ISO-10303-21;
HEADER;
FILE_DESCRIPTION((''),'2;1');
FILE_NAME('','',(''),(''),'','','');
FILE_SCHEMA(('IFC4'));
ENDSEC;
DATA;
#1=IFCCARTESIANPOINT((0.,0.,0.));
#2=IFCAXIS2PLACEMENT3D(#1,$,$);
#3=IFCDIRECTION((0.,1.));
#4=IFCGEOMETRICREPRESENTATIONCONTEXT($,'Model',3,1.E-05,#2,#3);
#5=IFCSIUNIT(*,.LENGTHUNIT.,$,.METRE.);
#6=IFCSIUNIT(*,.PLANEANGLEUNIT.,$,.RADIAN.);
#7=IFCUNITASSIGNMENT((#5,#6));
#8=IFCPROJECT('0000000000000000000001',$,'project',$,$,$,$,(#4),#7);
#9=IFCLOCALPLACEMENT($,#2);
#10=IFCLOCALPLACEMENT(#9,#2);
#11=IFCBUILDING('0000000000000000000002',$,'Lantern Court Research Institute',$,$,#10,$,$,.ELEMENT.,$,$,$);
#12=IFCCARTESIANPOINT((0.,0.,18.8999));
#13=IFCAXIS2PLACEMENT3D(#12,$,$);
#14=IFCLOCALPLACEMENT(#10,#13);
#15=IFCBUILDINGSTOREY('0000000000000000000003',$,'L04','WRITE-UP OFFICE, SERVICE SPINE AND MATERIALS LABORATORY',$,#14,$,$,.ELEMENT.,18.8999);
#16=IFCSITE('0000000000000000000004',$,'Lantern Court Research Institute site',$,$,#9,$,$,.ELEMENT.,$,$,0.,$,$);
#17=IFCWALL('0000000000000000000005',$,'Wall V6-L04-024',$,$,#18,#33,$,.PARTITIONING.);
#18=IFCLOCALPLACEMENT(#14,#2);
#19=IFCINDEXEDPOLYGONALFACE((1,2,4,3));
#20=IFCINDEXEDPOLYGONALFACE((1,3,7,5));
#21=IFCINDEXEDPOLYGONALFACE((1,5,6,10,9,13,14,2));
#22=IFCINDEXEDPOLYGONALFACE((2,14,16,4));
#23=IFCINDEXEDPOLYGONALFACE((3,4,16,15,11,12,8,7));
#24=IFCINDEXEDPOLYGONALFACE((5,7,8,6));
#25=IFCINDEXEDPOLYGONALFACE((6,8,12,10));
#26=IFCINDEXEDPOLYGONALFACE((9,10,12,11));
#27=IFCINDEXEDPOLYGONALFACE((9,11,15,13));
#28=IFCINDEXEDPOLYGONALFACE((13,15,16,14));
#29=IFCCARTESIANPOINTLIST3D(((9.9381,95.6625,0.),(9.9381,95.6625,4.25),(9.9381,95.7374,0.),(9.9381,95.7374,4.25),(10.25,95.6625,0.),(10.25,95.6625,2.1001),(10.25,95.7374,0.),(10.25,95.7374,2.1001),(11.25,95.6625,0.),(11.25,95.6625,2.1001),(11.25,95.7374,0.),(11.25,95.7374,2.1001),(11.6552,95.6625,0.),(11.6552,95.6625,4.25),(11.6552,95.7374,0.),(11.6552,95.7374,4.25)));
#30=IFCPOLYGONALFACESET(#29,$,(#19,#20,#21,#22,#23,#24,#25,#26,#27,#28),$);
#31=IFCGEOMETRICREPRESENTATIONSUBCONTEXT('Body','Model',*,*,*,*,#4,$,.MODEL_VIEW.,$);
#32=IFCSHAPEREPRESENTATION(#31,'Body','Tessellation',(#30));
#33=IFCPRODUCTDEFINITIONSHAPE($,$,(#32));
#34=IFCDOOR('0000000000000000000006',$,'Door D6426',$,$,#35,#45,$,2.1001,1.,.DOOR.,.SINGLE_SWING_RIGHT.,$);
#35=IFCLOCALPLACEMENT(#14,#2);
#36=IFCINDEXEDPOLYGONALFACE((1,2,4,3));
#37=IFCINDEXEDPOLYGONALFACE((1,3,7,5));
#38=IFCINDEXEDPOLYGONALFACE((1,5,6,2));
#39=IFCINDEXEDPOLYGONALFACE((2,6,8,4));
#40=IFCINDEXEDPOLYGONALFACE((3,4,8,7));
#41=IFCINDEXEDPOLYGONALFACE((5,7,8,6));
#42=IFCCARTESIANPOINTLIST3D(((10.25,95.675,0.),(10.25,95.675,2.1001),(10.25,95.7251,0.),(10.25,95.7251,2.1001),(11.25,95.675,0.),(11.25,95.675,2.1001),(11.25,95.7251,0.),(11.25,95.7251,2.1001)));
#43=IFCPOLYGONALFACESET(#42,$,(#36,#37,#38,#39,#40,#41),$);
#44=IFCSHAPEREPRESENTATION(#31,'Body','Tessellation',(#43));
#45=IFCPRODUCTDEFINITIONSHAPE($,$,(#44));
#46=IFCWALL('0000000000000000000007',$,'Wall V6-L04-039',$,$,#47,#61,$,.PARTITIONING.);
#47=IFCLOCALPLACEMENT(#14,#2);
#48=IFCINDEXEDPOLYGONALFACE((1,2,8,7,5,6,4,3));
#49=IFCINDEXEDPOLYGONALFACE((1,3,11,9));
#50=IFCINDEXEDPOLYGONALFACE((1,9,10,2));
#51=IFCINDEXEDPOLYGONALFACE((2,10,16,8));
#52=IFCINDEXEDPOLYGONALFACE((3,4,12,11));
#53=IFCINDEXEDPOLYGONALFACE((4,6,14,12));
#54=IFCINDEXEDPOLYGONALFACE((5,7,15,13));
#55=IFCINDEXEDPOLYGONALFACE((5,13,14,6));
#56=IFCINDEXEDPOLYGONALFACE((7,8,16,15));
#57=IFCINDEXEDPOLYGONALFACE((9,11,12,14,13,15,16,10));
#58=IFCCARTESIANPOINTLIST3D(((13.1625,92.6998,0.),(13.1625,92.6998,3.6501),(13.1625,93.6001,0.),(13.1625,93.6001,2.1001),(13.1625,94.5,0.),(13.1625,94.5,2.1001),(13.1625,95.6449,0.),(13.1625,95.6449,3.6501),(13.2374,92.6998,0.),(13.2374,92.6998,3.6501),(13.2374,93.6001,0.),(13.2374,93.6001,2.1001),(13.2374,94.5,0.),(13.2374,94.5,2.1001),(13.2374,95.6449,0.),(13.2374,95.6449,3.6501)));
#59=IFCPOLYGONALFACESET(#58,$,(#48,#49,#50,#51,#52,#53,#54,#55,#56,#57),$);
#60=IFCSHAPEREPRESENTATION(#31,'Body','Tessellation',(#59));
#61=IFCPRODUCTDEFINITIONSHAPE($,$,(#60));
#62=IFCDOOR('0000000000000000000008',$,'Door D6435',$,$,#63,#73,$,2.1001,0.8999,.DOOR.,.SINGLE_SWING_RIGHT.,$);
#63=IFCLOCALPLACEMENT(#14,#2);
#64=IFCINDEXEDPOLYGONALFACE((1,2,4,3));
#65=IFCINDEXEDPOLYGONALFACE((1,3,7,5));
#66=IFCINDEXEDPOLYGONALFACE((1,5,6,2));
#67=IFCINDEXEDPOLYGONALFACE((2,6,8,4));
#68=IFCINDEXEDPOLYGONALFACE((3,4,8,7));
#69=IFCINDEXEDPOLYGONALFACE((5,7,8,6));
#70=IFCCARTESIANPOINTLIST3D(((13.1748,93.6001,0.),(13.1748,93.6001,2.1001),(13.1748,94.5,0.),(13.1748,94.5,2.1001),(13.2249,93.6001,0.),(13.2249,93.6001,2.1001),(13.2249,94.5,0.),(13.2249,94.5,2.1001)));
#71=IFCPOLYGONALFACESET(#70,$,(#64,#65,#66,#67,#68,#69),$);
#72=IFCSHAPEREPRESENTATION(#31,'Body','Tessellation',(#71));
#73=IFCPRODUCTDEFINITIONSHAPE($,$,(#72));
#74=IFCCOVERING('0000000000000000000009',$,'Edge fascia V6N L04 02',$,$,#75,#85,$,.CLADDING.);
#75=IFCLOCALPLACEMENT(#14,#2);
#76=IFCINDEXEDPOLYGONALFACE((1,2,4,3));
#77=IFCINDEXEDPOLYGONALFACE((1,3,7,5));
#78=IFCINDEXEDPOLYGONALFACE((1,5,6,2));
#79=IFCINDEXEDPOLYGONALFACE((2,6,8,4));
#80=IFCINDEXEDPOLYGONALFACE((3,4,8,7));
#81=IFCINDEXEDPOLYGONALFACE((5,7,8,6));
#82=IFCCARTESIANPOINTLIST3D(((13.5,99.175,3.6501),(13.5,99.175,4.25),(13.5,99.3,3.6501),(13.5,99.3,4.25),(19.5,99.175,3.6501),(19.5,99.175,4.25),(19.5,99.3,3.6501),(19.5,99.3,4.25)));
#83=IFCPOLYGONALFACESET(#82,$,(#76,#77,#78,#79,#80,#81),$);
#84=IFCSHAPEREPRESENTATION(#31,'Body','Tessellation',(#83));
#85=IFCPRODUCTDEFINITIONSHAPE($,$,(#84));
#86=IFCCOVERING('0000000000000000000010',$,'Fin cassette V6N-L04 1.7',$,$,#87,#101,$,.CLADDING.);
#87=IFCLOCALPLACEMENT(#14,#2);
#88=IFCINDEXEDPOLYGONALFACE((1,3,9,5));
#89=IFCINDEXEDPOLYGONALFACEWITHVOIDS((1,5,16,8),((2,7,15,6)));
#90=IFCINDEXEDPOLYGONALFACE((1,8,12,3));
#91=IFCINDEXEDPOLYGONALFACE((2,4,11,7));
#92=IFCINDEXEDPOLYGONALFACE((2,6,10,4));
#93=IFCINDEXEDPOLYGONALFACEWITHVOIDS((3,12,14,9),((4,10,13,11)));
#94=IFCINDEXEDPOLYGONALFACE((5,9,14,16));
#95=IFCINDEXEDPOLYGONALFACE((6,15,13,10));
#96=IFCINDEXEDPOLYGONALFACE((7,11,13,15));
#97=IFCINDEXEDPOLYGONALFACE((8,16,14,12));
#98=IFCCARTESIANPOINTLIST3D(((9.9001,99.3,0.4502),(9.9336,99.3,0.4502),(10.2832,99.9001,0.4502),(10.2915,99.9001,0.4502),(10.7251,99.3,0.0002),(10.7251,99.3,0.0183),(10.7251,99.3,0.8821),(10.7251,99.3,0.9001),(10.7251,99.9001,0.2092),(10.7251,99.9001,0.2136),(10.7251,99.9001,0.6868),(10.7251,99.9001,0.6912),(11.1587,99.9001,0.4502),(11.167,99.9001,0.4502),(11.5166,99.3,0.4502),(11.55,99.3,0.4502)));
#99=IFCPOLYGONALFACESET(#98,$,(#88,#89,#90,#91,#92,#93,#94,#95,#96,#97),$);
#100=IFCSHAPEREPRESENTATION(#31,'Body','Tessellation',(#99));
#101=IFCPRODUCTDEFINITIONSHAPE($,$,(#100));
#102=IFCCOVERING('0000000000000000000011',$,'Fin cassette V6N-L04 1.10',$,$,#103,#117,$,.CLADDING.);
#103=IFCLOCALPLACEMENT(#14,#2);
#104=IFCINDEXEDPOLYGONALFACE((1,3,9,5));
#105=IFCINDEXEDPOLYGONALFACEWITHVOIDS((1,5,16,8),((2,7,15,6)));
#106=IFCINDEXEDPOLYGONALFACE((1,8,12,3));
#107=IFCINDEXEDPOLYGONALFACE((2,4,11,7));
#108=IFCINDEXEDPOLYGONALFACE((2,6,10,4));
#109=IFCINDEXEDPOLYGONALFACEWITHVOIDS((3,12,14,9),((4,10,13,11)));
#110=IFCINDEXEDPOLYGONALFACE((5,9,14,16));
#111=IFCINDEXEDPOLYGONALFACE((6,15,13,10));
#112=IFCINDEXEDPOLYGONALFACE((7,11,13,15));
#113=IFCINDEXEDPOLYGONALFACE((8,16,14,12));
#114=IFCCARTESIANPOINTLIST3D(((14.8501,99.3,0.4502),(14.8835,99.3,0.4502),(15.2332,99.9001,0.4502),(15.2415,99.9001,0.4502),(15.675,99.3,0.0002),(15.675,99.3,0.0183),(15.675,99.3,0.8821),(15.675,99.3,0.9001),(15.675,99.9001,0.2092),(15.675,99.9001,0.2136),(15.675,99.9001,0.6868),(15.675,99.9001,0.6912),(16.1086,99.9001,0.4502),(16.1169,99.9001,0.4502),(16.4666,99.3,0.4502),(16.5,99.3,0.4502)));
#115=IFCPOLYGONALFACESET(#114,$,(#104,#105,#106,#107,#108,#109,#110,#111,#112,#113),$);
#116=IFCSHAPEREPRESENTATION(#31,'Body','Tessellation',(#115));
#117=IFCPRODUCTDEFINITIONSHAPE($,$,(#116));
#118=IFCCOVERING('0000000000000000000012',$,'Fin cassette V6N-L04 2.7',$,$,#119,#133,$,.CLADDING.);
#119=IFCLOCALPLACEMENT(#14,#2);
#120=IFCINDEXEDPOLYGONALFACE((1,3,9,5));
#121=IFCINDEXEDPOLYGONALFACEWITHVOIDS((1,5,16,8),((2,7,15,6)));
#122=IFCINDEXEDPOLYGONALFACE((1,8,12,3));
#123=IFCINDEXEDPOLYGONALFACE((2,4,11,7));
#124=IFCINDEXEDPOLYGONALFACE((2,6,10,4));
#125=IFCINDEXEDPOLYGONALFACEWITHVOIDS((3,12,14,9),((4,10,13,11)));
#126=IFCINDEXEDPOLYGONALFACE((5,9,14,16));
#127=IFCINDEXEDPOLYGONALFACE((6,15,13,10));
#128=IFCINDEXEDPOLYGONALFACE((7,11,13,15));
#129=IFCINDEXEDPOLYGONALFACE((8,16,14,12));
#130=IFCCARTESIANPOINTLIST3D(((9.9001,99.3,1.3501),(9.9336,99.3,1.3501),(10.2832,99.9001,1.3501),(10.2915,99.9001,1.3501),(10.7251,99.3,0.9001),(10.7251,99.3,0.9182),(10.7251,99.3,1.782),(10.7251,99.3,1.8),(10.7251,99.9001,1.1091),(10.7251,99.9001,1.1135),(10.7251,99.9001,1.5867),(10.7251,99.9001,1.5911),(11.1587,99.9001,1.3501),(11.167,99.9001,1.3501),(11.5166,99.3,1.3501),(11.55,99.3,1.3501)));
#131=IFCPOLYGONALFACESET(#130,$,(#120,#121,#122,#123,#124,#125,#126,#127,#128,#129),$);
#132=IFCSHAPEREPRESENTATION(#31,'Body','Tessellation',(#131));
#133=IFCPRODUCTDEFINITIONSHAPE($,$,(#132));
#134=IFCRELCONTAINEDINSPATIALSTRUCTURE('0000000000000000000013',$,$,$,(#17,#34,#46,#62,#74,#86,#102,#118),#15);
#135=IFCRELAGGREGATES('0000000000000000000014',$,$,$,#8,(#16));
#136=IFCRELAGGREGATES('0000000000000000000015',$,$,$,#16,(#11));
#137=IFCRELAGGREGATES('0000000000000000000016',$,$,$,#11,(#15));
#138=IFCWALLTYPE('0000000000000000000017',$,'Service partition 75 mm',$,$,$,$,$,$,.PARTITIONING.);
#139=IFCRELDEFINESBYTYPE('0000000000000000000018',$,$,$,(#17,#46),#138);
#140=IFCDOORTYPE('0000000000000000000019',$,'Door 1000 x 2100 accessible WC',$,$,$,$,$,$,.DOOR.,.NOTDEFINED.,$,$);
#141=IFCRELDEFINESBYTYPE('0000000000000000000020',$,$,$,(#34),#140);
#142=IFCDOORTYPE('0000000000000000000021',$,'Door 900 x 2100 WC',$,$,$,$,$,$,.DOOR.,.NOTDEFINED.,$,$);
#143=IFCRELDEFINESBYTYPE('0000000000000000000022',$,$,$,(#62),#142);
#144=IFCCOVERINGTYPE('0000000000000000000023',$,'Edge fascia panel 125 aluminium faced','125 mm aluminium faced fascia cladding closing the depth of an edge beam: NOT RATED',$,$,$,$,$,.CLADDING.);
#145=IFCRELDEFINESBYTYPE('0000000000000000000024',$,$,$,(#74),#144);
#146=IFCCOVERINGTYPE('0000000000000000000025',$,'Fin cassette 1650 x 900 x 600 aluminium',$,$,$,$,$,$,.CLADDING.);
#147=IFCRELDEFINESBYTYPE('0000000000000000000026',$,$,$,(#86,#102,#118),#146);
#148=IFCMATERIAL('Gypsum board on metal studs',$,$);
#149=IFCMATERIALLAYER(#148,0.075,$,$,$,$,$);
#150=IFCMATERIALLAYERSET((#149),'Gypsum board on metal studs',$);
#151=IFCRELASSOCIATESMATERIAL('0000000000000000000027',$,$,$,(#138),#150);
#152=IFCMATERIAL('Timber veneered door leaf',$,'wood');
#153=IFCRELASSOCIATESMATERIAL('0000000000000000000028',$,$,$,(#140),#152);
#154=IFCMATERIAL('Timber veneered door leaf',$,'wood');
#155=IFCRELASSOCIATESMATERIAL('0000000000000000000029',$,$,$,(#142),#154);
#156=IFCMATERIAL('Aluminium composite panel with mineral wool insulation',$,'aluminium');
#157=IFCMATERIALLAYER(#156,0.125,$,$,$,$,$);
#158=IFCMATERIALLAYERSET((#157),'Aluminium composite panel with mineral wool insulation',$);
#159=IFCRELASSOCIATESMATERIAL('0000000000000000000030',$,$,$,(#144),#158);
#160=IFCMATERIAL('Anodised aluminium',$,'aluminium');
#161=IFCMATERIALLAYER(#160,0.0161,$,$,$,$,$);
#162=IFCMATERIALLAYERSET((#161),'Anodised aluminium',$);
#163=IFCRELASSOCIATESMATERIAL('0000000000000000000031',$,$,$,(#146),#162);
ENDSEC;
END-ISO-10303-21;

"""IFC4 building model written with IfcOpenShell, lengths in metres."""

from ifc_helpers import new_model, entity, si_unit, direction, frame, frame_2d, origin, place, context, subcontext, project, spatial, rectangle, extrude, material, layer, layer_set, type_object, element, fill, save


model = new_model("IFC4")

# Units and contexts
model_context = context("Model", 3, precision=1e-05, world=origin(), true_north=direction((0.0, 1.0)))
body_context = subcontext(model_context, "Body", "Model", "MODEL_VIEW")
ifc_project = project(units=[si_unit("LENGTHUNIT", "METRE"), si_unit("PLANEANGLEUNIT", "RADIAN")], contexts=[model_context])

# Site, building, storey
site_placement = place(None, origin())
site = spatial("IfcSite", under=ifc_project, at=site_placement, Name="Lantern Court Research Institute site", CompositionType="ELEMENT", RefElevation=0.0)
building_placement = place(site_placement, origin())
building = spatial("IfcBuilding", under=site, at=building_placement, Name="Lantern Court Research Institute", CompositionType="ELEMENT")
storey_placement = place(building_placement, frame((0.0, 0.0, 18.8999)))
storey = spatial("IfcBuildingStorey", under=building, at=storey_placement, Name="L04", Description="WRITE-UP OFFICE, SERVICE SPINE AND MATERIALS LABORATORY", CompositionType="ELEMENT", Elevation=18.8999)

# Walls, openings, doors
ifc_material_1 = material(Name="Gypsum board on metal studs")
ifc_layer_1 = layer(ifc_material_1, 0.075)
ifc_layer_set_1 = layer_set([ifc_layer_1], Name="Gypsum board on metal studs")
wall_type_1 = type_object("IfcWallType", Name="Service partition 75 mm", PredefinedType="PARTITIONING", material=ifc_layer_set_1)
wall_1_placement = place(storey_placement, frame((11.655, 95.7, 0.0), z_axis=(0.0, 0.0, 1.0), x_axis=(-1.0, 0.0, 0.0)))
wall_1 = element("IfcWall", 1, at=wall_1_placement, inside=storey, type_object=wall_type_1, Name="Wall V6-L04-024", PredefinedType="PARTITIONING", context=body_context, shape_type="SweptSolid", body=[
    extrude(rectangle(XDim=1.717, YDim=0.075, at=frame_2d((0.8584, 0.0))), origin(), (0.0, 0.0, 1.0), 4.25),
])
opening_1_placement = place(wall_1_placement, frame((0.405, 0.0, 0.0)))
opening_1 = element("IfcOpeningElement", 2, at=opening_1_placement, cuts=wall_1, PredefinedType="OPENING", context=body_context, shape_type="SweptSolid", body=[
    extrude(rectangle(XDim=1.0, YDim=2.1001, at=frame_2d((0.5, 1.05))), frame((0.0, 0.0474, 0.0), z_axis=(0.0, -1.0, 0.0), x_axis=(1.0, 0.0, 0.0)), (0.0, 0.0, 1.0), 0.095),
])
ifc_material_2 = material(Name="Timber veneered door leaf", Category="wood")
door_type_1 = type_object("IfcDoorType", Name="Door 1000 x 2100 accessible WC", OperationType="NOTDEFINED", PredefinedType="DOOR", material=ifc_material_2)
door_1_placement = place(opening_1_placement, origin())
door_1 = element("IfcDoor", 3, at=door_1_placement, inside=storey, type_object=door_type_1, Name="Door D6426", OperationType="SINGLE_SWING_RIGHT", OverallHeight=2.1001, OverallWidth=1.0, PredefinedType="DOOR", context=body_context, shape_type="SweptSolid", body=[
    extrude(rectangle(XDim=1.0, YDim=2.1001, at=frame_2d((0.5, 1.05))), frame((0.0, 0.0249, 0.0), z_axis=(0.0, -1.0, 0.0), x_axis=(1.0, 0.0, 0.0)), (0.0, 0.0, 1.0), 0.05),
])
fill(opening_1, door_1)
wall_2_placement = place(storey_placement, frame((13.2, 95.645, 0.0), z_axis=(0.0, 0.0, 1.0), x_axis=(0.0, -1.0, 0.0)))
wall_2 = element("IfcWall", 4, at=wall_2_placement, inside=storey, type_object=wall_type_1, Name="Wall V6-L04-039", PredefinedType="PARTITIONING", context=body_context, shape_type="SweptSolid", body=[
    extrude(rectangle(XDim=2.9451, YDim=0.075, at=frame_2d((1.4727, 0.0))), origin(), (0.0, 0.0, 1.0), 3.6501),
])
opening_2_placement = place(wall_2_placement, frame((1.145, 0.0, 0.0)))
opening_2 = element("IfcOpeningElement", 5, at=opening_2_placement, cuts=wall_2, PredefinedType="OPENING", context=body_context, shape_type="SweptSolid", body=[
    extrude(rectangle(XDim=0.8999, YDim=2.1001, at=frame_2d((0.45, 1.05))), frame((0.0, 0.0474, 0.0), z_axis=(0.0, -1.0, 0.0), x_axis=(1.0, 0.0, 0.0)), (0.0, 0.0, 1.0), 0.095),
])
ifc_material_3 = material(Name="Timber veneered door leaf", Category="wood")
door_type_2 = type_object("IfcDoorType", Name="Door 900 x 2100 WC", OperationType="NOTDEFINED", PredefinedType="DOOR", material=ifc_material_3)
door_2_placement = place(opening_2_placement, origin())
door_2 = element("IfcDoor", 6, at=door_2_placement, inside=storey, type_object=door_type_2, Name="Door D6435", OperationType="SINGLE_SWING_RIGHT", OverallHeight=2.1001, OverallWidth=0.8999, PredefinedType="DOOR", context=body_context, shape_type="SweptSolid", body=[
    extrude(rectangle(XDim=0.8999, YDim=2.1001, at=frame_2d((0.45, 1.05))), frame((0.0, 0.0249, 0.0), z_axis=(0.0, -1.0, 0.0), x_axis=(1.0, 0.0, 0.0)), (0.0, 0.0, 1.0), 0.05),
])
fill(opening_2, door_2)

# Coverings
ifc_material_4 = material(Name="Aluminium composite panel with mineral wool insulation", Category="aluminium")
ifc_layer_2 = layer(ifc_material_4, 0.125)
ifc_layer_set_2 = layer_set([ifc_layer_2], Name="Aluminium composite panel with mineral wool insulation")
covering_type_1 = type_object("IfcCoveringType", Name="Edge fascia panel 125 aluminium faced", Description="125 mm aluminium faced fascia cladding closing the depth of an edge beam: NOT RATED", PredefinedType="CLADDING", material=ifc_layer_set_2)
covering_1_placement = place(storey_placement, frame((13.5, 99.2375, 3.6501), z_axis=(0.0, 0.0, 1.0), x_axis=(1.0, 0.0, 0.0)))
element("IfcCovering", 7, at=covering_1_placement, inside=storey, type_object=covering_type_1, Name="Edge fascia V6N L04 02", PredefinedType="CLADDING", context=body_context, shape_type="SweptSolid", body=[
    extrude(rectangle(XDim=6.0, YDim=0.125, at=frame_2d((3.0, 0.0))), origin(), (0.0, 0.0, 1.0), 0.5999),
])
ifc_material_5 = material(Name="Anodised aluminium", Category="aluminium")
ifc_layer_3 = layer(ifc_material_5, 0.0161)
ifc_layer_set_3 = layer_set([ifc_layer_3], Name="Anodised aluminium")
covering_type_2 = type_object("IfcCoveringType", Name="Fin cassette 1650 x 900 x 600 aluminium", PredefinedType="CLADDING", material=ifc_layer_set_3)
covering_2_placement = place(storey_placement, frame((10.7251, 99.3, 0.4502), z_axis=(0.0, 1.0, 0.0), x_axis=(-1.0, 0.0, 0.0)))
cartesian_point_1 = entity("IfcCartesianPoint", [0.825, 0.0])
cartesian_point_2 = entity("IfcCartesianPoint", [0.7915, 0.0])
cartesian_point_3 = entity("IfcCartesianPoint", [0.4419, 0.0])
cartesian_point_4 = entity("IfcCartesianPoint", [0.4336, 0.0])
element("IfcCovering", 8, at=covering_2_placement, inside=storey, type_object=covering_type_2, Name="Fin cassette V6N-L04 1.7", PredefinedType="CLADDING", context=body_context, shape_type="SweptSolid", body=[
    entity("IfcExtrudedAreaSolidTapered", entity("IfcArbitraryProfileDefWithVoids", "AREA", None, entity("IfcPolyline", [cartesian_point_1, entity("IfcCartesianPoint", [0.0, 0.45]), entity("IfcCartesianPoint", [-0.825, 0.0]), entity("IfcCartesianPoint", [0.0, -0.45]), cartesian_point_1]), [entity("IfcPolyline", [cartesian_point_2, entity("IfcCartesianPoint", [0.0, 0.4319]), entity("IfcCartesianPoint", [-0.7915, 0.0]), entity("IfcCartesianPoint", [0.0, -0.4319]), cartesian_point_2])]), entity("IfcAxis2Placement3D", entity("IfcCartesianPoint", [0.0, 0.0, 0.0])), entity("IfcDirection", [0.0, 0.0, 1.0]), 0.6001, entity("IfcArbitraryProfileDefWithVoids", "AREA", None, entity("IfcPolyline", [cartesian_point_3, entity("IfcCartesianPoint", [0.0, 0.241]), entity("IfcCartesianPoint", [-0.4419, 0.0]), entity("IfcCartesianPoint", [0.0, -0.241]), cartesian_point_3]), [entity("IfcPolyline", [cartesian_point_4, entity("IfcCartesianPoint", [0.0, 0.2366]), entity("IfcCartesianPoint", [-0.4336, 0.0]), entity("IfcCartesianPoint", [0.0, -0.2366]), cartesian_point_4])])),
])
covering_3_placement = place(storey_placement, frame((15.675, 99.3, 0.4502), z_axis=(0.0, 1.0, 0.0), x_axis=(-1.0, 0.0, 0.0)))
cartesian_point_5 = entity("IfcCartesianPoint", [0.825, 0.0])
cartesian_point_6 = entity("IfcCartesianPoint", [0.7915, 0.0])
cartesian_point_7 = entity("IfcCartesianPoint", [0.4419, 0.0])
cartesian_point_8 = entity("IfcCartesianPoint", [0.4336, 0.0])
element("IfcCovering", 9, at=covering_3_placement, inside=storey, type_object=covering_type_2, Name="Fin cassette V6N-L04 1.10", PredefinedType="CLADDING", context=body_context, shape_type="SweptSolid", body=[
    entity("IfcExtrudedAreaSolidTapered", entity("IfcArbitraryProfileDefWithVoids", "AREA", None, entity("IfcPolyline", [cartesian_point_5, entity("IfcCartesianPoint", [0.0, 0.45]), entity("IfcCartesianPoint", [-0.825, 0.0]), entity("IfcCartesianPoint", [0.0, -0.45]), cartesian_point_5]), [entity("IfcPolyline", [cartesian_point_6, entity("IfcCartesianPoint", [0.0, 0.4319]), entity("IfcCartesianPoint", [-0.7915, 0.0]), entity("IfcCartesianPoint", [0.0, -0.4319]), cartesian_point_6])]), entity("IfcAxis2Placement3D", entity("IfcCartesianPoint", [0.0, 0.0, 0.0])), entity("IfcDirection", [0.0, 0.0, 1.0]), 0.6001, entity("IfcArbitraryProfileDefWithVoids", "AREA", None, entity("IfcPolyline", [cartesian_point_7, entity("IfcCartesianPoint", [0.0, 0.241]), entity("IfcCartesianPoint", [-0.4419, 0.0]), entity("IfcCartesianPoint", [0.0, -0.241]), cartesian_point_7]), [entity("IfcPolyline", [cartesian_point_8, entity("IfcCartesianPoint", [0.0, 0.2366]), entity("IfcCartesianPoint", [-0.4336, 0.0]), entity("IfcCartesianPoint", [0.0, -0.2366]), cartesian_point_8])])),
])
covering_4_placement = place(storey_placement, frame((10.7251, 99.3, 1.3501), z_axis=(0.0, 1.0, 0.0), x_axis=(-1.0, 0.0, 0.0)))
cartesian_point_9 = entity("IfcCartesianPoint", [0.825, 0.0])
cartesian_point_10 = entity("IfcCartesianPoint", [0.7915, 0.0])
cartesian_point_11 = entity("IfcCartesianPoint", [0.4419, 0.0])
cartesian_point_12 = entity("IfcCartesianPoint", [0.4336, 0.0])
element("IfcCovering", 10, at=covering_4_placement, inside=storey, type_object=covering_type_2, Name="Fin cassette V6N-L04 2.7", PredefinedType="CLADDING", context=body_context, shape_type="SweptSolid", body=[
    entity("IfcExtrudedAreaSolidTapered", entity("IfcArbitraryProfileDefWithVoids", "AREA", None, entity("IfcPolyline", [cartesian_point_9, entity("IfcCartesianPoint", [0.0, 0.45]), entity("IfcCartesianPoint", [-0.825, 0.0]), entity("IfcCartesianPoint", [0.0, -0.45]), cartesian_point_9]), [entity("IfcPolyline", [cartesian_point_10, entity("IfcCartesianPoint", [0.0, 0.4319]), entity("IfcCartesianPoint", [-0.7915, 0.0]), entity("IfcCartesianPoint", [0.0, -0.4319]), cartesian_point_10])]), entity("IfcAxis2Placement3D", entity("IfcCartesianPoint", [0.0, 0.0, 0.0])), entity("IfcDirection", [0.0, 0.0, 1.0]), 0.6001, entity("IfcArbitraryProfileDefWithVoids", "AREA", None, entity("IfcPolyline", [cartesian_point_11, entity("IfcCartesianPoint", [0.0, 0.241]), entity("IfcCartesianPoint", [-0.4419, 0.0]), entity("IfcCartesianPoint", [0.0, -0.241]), cartesian_point_11]), [entity("IfcPolyline", [cartesian_point_12, entity("IfcCartesianPoint", [0.0, 0.2366]), entity("IfcCartesianPoint", [-0.4336, 0.0]), entity("IfcCartesianPoint", [0.0, -0.2366]), cartesian_point_12])])),
])

save(model, "model.ifc")
